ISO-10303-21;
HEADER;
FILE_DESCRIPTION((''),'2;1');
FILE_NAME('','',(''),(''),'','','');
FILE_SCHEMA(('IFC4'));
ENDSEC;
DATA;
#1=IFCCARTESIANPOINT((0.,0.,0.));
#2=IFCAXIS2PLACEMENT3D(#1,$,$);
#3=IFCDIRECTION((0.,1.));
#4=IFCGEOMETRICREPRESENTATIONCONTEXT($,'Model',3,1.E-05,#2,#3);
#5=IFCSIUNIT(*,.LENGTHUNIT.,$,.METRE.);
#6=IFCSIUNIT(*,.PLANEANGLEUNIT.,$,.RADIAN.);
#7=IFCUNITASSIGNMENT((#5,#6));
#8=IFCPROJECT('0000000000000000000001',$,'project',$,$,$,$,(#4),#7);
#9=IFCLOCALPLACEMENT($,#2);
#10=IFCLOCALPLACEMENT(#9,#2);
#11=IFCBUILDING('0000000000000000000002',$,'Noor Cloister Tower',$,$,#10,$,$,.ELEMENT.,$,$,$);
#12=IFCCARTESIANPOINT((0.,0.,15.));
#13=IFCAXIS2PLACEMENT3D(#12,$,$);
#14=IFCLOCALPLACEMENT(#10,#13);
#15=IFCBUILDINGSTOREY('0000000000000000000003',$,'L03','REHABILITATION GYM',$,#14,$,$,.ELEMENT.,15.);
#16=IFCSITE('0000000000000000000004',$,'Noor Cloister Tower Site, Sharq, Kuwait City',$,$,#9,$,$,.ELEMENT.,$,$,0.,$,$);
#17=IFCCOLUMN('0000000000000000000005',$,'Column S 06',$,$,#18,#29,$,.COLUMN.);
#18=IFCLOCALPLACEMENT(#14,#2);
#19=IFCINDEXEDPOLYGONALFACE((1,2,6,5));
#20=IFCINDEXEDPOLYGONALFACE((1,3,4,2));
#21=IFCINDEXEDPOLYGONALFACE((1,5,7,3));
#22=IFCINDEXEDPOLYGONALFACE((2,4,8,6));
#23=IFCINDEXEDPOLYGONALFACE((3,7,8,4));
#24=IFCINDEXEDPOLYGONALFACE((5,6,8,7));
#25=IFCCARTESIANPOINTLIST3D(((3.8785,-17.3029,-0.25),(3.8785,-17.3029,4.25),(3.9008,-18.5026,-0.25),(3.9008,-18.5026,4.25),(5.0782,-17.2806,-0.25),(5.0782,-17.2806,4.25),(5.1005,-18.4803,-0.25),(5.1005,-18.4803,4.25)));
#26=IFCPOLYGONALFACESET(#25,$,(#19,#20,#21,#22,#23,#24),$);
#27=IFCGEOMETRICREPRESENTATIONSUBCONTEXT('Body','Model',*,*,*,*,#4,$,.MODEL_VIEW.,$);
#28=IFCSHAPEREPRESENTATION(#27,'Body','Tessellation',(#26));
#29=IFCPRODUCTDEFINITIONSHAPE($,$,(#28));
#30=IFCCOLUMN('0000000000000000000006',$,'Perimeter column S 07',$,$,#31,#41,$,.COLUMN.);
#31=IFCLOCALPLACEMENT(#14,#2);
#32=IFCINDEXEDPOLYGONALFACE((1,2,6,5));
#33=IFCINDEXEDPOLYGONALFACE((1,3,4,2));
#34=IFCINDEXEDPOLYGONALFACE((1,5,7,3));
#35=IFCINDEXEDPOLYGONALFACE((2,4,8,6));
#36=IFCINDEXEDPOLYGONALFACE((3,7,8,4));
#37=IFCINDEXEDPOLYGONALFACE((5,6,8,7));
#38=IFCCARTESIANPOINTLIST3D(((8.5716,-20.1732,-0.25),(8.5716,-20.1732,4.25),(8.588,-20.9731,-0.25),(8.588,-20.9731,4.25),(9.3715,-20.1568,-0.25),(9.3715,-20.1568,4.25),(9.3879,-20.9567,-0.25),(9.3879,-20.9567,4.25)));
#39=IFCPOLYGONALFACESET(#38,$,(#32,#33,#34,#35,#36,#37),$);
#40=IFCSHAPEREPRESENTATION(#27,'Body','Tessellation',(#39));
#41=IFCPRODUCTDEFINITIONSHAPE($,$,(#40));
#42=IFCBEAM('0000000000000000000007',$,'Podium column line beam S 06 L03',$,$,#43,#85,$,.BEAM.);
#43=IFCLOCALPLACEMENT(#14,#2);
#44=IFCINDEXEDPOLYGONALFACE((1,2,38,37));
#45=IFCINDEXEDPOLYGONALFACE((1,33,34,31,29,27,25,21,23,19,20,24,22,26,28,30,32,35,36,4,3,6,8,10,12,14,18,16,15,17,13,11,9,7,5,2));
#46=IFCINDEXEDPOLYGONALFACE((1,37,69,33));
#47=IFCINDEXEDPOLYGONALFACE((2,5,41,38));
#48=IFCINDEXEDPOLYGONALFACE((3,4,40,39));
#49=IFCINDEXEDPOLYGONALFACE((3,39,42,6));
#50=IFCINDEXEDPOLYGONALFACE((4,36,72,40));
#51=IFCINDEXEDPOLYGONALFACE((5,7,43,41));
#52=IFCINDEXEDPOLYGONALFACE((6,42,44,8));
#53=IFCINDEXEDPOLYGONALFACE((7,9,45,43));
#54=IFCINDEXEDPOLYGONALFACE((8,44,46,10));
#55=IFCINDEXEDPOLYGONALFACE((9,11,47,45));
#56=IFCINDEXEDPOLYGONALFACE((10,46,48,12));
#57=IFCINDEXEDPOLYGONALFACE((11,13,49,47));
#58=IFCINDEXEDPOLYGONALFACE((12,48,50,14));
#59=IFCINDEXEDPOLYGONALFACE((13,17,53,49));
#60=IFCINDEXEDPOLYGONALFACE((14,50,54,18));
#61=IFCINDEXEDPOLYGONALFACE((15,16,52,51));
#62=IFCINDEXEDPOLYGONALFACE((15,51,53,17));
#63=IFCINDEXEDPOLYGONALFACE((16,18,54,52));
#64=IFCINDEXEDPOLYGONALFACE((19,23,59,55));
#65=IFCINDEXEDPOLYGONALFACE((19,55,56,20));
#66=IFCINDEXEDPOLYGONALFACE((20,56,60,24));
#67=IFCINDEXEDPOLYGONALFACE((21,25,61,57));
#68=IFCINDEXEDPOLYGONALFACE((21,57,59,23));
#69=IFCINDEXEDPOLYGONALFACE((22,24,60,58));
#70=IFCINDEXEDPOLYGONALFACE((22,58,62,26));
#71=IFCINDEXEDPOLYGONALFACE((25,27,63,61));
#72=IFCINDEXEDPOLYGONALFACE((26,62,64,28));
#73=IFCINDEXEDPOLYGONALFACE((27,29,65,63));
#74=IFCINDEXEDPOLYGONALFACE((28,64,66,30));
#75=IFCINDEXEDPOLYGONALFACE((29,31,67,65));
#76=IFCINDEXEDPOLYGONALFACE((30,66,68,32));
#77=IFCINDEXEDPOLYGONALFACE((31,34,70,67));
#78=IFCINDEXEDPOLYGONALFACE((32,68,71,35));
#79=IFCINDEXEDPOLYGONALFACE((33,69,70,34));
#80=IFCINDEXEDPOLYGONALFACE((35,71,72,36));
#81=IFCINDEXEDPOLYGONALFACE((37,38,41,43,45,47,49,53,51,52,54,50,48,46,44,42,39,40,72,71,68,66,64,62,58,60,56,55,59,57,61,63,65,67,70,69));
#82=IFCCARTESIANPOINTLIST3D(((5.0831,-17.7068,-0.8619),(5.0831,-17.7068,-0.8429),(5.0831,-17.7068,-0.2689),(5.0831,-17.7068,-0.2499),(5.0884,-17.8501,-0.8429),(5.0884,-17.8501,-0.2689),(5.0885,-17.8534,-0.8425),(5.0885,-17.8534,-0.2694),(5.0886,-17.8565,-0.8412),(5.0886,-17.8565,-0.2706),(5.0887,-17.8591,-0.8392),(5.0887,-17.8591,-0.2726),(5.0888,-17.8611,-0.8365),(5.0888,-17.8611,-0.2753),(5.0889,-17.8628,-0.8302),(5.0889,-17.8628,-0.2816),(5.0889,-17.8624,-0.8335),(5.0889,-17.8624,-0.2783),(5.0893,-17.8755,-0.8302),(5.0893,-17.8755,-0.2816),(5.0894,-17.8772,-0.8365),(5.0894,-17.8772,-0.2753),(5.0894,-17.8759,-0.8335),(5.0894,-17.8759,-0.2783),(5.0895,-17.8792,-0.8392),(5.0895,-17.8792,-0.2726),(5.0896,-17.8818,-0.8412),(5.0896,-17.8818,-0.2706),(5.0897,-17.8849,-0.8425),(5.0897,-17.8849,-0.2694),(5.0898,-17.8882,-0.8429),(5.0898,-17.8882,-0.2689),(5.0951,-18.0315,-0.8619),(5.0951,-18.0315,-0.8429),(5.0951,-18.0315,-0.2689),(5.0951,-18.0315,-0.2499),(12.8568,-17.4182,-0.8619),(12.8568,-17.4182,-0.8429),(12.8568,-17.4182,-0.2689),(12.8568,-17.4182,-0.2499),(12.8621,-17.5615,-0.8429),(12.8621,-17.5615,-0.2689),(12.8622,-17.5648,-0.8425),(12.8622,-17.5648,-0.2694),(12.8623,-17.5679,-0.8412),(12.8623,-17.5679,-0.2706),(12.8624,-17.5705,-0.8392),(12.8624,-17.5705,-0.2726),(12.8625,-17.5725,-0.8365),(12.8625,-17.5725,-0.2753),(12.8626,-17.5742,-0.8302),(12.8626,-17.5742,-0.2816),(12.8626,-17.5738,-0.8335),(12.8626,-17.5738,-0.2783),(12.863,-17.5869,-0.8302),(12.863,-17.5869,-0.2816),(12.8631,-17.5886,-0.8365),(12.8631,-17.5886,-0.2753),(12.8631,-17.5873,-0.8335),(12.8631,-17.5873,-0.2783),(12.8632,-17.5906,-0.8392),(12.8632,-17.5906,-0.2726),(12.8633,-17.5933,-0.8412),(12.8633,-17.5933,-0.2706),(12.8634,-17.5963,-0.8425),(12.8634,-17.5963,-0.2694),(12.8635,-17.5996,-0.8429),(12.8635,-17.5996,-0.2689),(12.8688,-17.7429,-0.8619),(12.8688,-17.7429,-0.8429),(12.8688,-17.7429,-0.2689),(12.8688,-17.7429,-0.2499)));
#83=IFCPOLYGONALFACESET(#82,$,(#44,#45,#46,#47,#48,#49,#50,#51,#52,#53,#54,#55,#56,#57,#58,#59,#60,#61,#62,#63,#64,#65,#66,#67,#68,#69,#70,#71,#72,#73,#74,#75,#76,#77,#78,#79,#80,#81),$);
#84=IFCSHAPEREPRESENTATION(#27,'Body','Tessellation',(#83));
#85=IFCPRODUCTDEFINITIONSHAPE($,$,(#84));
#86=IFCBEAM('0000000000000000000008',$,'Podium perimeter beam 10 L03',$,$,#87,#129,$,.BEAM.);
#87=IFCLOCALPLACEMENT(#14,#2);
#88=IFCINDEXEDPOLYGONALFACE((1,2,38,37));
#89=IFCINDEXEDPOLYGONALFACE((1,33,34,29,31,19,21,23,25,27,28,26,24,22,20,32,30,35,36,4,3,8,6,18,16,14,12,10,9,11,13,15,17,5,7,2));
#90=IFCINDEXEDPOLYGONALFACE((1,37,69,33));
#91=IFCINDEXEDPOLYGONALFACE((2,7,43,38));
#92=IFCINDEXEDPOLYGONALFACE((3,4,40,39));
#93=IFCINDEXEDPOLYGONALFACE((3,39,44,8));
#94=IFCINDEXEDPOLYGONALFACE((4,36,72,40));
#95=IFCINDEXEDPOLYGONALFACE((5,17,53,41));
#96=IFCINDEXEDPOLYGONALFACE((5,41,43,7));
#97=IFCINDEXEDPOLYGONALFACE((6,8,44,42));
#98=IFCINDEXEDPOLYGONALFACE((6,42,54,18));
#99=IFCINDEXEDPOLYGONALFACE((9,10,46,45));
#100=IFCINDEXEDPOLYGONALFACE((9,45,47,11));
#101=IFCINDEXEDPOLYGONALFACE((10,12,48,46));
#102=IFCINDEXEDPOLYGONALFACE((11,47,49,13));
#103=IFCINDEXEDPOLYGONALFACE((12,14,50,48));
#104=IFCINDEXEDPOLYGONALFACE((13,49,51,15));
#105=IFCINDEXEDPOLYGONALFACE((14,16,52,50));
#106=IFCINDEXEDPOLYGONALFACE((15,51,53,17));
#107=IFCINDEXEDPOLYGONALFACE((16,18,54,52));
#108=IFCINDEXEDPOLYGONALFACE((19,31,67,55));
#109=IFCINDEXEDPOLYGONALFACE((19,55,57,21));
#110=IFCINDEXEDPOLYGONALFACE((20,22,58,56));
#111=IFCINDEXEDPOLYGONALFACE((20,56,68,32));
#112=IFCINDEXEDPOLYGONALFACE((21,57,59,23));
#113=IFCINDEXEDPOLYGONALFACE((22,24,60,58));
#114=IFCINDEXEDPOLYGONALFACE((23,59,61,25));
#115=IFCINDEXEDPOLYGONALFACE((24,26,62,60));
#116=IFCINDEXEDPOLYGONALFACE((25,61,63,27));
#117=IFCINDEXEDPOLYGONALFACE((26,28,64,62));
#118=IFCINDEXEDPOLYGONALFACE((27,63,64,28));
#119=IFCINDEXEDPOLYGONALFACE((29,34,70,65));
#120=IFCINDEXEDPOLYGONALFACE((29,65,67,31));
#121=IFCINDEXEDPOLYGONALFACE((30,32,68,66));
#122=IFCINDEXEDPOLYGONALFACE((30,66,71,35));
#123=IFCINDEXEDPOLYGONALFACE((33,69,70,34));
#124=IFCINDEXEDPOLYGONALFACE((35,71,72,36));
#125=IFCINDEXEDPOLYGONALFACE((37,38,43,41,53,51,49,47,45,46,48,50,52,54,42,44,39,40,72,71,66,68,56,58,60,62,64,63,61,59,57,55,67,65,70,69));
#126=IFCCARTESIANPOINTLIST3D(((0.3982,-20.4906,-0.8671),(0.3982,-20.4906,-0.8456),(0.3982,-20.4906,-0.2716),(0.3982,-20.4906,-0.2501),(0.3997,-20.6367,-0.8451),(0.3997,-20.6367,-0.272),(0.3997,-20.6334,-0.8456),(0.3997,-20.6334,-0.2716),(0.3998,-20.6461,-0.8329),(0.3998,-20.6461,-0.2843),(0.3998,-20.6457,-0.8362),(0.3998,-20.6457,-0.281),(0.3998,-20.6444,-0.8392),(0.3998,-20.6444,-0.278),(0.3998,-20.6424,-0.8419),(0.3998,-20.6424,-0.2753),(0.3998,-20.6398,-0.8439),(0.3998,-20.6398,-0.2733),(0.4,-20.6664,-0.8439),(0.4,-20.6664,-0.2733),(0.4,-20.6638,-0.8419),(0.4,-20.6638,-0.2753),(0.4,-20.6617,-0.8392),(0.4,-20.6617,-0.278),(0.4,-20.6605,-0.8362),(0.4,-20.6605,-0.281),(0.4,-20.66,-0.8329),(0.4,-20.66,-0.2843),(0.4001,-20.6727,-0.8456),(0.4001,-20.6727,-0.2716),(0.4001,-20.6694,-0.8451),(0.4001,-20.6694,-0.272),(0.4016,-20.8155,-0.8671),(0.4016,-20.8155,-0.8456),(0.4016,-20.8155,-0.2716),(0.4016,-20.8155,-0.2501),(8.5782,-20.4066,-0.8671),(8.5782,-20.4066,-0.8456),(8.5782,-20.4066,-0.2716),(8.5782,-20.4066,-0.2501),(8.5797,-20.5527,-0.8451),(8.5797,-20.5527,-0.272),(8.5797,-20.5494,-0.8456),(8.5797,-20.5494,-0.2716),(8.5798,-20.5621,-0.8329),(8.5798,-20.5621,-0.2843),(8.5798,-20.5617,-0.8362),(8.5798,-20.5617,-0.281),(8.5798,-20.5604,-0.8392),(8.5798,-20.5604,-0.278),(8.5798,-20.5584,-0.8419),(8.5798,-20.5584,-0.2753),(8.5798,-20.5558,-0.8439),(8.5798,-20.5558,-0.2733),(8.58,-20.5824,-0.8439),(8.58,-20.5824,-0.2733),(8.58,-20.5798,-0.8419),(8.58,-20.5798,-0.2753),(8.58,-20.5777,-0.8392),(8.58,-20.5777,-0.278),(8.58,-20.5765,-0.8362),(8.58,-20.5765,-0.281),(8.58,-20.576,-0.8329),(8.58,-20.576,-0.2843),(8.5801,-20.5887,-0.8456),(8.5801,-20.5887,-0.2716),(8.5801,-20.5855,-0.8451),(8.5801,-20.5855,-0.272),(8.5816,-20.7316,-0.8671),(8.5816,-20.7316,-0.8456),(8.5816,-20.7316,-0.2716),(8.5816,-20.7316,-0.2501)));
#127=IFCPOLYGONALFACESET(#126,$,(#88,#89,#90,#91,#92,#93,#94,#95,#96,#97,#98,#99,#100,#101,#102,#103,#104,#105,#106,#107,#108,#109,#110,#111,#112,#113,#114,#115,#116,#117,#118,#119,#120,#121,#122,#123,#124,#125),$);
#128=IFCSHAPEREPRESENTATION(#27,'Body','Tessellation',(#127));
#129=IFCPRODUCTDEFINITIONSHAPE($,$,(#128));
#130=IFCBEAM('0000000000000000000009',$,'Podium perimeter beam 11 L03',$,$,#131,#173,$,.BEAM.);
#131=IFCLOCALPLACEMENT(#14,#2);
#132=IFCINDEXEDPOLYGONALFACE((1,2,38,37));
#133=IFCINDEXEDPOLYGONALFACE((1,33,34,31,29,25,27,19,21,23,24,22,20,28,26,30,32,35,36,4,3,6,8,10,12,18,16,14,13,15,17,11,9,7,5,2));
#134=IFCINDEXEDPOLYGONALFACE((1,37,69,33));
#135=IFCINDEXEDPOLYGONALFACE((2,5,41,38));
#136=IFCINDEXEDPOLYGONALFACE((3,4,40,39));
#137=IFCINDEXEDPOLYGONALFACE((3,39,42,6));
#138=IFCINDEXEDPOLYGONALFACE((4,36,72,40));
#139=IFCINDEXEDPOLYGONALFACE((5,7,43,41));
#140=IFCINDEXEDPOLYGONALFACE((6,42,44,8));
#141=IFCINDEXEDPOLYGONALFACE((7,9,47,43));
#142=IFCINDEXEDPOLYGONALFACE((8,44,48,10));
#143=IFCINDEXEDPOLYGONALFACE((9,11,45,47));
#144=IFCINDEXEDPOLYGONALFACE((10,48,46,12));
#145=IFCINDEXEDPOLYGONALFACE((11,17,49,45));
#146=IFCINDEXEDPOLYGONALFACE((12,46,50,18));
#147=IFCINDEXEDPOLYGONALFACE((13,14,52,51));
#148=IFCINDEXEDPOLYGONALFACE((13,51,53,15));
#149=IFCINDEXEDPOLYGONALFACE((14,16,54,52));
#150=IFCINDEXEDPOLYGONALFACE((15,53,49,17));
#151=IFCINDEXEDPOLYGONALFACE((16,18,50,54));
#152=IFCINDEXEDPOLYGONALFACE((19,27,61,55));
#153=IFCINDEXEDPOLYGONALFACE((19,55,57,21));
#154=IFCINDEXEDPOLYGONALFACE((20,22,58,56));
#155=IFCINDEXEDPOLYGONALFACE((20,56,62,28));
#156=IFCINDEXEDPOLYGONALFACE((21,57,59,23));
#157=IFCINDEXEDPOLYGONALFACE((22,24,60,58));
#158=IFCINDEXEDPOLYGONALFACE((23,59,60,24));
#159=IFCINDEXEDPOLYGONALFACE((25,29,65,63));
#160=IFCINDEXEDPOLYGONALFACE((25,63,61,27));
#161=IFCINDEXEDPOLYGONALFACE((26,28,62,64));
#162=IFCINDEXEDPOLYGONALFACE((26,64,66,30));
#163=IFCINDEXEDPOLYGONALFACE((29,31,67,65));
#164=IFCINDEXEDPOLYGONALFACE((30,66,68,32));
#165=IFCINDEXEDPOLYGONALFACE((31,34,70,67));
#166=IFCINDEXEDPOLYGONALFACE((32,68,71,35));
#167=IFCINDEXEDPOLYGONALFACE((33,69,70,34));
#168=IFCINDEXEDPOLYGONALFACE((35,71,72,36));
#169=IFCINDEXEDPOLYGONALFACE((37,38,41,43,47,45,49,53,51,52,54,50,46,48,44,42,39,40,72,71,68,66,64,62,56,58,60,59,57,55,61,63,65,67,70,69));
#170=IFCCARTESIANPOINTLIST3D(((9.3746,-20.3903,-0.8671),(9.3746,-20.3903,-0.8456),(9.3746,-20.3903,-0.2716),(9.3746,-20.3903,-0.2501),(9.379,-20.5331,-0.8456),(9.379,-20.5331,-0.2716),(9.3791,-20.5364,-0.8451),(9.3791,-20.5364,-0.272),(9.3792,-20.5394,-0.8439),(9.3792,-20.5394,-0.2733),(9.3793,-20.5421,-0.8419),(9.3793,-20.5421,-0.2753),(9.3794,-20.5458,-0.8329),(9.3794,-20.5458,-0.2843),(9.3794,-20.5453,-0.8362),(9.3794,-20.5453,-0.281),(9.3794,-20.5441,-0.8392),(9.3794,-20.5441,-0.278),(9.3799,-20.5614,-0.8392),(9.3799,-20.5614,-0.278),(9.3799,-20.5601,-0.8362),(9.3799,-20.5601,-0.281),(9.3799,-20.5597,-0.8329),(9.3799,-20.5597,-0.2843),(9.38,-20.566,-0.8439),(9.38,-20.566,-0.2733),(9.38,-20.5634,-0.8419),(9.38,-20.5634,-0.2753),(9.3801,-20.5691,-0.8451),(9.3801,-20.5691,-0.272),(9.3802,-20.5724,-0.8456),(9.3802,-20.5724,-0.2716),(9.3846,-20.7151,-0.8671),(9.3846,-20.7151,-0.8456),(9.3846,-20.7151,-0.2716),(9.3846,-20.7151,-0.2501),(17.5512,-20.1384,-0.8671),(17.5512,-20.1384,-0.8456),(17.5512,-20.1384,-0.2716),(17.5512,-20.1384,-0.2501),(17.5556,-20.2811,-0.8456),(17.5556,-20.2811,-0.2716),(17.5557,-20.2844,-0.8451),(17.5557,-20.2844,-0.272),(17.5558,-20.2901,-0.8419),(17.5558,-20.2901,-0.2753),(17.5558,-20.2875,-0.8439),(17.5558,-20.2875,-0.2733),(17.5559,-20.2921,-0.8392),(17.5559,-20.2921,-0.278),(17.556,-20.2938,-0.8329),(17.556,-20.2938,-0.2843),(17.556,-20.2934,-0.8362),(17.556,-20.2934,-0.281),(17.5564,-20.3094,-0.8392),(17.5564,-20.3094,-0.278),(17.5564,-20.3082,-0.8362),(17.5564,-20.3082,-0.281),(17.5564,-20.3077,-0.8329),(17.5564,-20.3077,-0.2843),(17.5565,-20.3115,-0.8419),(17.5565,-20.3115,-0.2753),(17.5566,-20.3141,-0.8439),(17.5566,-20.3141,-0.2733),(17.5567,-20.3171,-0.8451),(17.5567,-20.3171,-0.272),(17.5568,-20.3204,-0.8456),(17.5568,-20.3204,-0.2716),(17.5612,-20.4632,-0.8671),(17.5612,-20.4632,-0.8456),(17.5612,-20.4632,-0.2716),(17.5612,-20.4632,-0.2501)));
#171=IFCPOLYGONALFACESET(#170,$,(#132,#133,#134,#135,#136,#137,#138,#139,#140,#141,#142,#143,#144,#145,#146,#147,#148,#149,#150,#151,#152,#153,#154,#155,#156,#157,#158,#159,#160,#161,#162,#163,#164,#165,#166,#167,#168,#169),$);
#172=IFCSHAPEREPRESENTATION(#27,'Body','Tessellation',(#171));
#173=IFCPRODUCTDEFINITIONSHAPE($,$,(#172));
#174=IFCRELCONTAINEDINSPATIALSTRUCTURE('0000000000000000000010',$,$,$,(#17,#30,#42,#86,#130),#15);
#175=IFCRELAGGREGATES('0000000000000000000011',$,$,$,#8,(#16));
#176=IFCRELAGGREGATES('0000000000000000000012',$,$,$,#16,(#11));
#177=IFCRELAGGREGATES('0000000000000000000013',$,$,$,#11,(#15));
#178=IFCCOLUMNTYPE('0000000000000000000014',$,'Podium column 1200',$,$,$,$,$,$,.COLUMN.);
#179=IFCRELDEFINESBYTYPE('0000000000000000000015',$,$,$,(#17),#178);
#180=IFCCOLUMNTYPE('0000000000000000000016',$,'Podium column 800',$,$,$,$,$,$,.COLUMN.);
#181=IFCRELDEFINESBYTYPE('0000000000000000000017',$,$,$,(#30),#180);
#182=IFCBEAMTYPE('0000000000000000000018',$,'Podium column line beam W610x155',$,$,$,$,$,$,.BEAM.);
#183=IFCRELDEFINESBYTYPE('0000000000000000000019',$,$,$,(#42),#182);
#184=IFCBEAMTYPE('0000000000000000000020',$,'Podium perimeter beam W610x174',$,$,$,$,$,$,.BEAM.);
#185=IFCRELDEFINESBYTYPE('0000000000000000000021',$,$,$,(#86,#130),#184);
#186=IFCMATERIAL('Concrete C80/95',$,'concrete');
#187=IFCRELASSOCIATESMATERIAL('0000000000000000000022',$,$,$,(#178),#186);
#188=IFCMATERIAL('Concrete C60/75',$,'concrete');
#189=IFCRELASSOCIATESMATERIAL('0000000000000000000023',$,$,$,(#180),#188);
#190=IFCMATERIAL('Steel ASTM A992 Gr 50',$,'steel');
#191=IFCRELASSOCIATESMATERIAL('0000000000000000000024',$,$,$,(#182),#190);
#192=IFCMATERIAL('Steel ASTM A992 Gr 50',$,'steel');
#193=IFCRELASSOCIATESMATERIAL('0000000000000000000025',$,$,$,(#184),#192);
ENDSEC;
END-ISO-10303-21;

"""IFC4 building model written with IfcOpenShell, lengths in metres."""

from ifc_helpers import new_model, si_unit, direction, frame, origin, origin_2d, place, context, subcontext, project, spatial, rectangle, i_section, extrude, material, material_profile, profile_set, type_object, element, save


model = new_model("IFC4")

# Units and contexts
model_context = context("Model", 3, precision=1e-05, world=origin(), true_north=direction((0.0, 1.0)))
body_context = subcontext(model_context, "Body", "Model", "MODEL_VIEW")
ifc_project = project(units=[si_unit("LENGTHUNIT", "METRE"), si_unit("PLANEANGLEUNIT", "RADIAN")], contexts=[model_context])

# Site, building, storey
site_placement = place(None, origin())
site = spatial("IfcSite", under=ifc_project, at=site_placement, Name="Noor Cloister Tower Site, Sharq, Kuwait City", CompositionType="ELEMENT", RefElevation=0.0)
building_placement = place(site_placement, origin())
building = spatial("IfcBuilding", under=site, at=building_placement, Name="Noor Cloister Tower", CompositionType="ELEMENT")
storey_placement = place(building_placement, frame((0.0, 0.0, 15.0)))
storey = spatial("IfcBuildingStorey", under=building, at=storey_placement, Name="L03", Description="REHABILITATION GYM", CompositionType="ELEMENT", Elevation=15.0)

# Columns
ifc_material_1 = material(Name="Concrete C80/95", Category="concrete")
ifc_material_profile_1 = material_profile(ifc_material_1, rectangle(XDim=1.2, YDim=1.2, at=origin_2d()), Name="Podium column 1200")
ifc_profile_set_1 = profile_set([ifc_material_profile_1], Name="Concrete C80/95")
column_type_1 = type_object("IfcColumnType", Name="Podium column 1200", PredefinedType="COLUMN", material=ifc_profile_set_1)
column_1_placement = place(storey_placement, frame((4.4895, -17.8916, -0.25), z_axis=(0.0, 0.0, 1.0), x_axis=(0.018553, -0.999828, 0.0)))
element("IfcColumn", 1, at=column_1_placement, inside=storey, type_object=column_type_1, Name="Column S 06", PredefinedType="COLUMN", context=body_context, shape_type="SweptSolid", body=[
    extrude(rectangle(XDim=1.2, YDim=1.2, at=origin_2d()), origin(), (0.0, 0.0, 1.0), 4.5),
])
ifc_material_2 = material(Name="Concrete C60/75", Category="concrete")
ifc_material_profile_2 = material_profile(ifc_material_2, rectangle(XDim=0.8, YDim=0.8, at=origin_2d()), Name="Podium column 800")
ifc_profile_set_2 = profile_set([ifc_material_profile_2], Name="Concrete C60/75")
column_type_2 = type_object("IfcColumnType", Name="Podium column 800", PredefinedType="COLUMN", material=ifc_profile_set_2)
column_2_placement = place(storey_placement, frame((8.9797, -20.5649, -0.25), z_axis=(0.0, 0.0, 1.0), x_axis=(0.020537, -0.999789, 0.0)))
element("IfcColumn", 2, at=column_2_placement, inside=storey, type_object=column_type_2, Name="Perimeter column S 07", PredefinedType="COLUMN", context=body_context, shape_type="SweptSolid", body=[
    extrude(rectangle(XDim=0.8, YDim=0.8, at=origin_2d()), origin(), (0.0, 0.0, 1.0), 4.5),
])

# Beams
ifc_material_3 = material(Name="Steel ASTM A992 Gr 50", Category="steel")
ifc_material_profile_3 = material_profile(ifc_material_3, i_section(OverallWidth=0.325, OverallDepth=0.6121, WebThickness=0.0127, FlangeThickness=0.019, FilletRadius=0.0127, at=origin_2d()), Name="W610x155")
ifc_profile_set_3 = profile_set([ifc_material_profile_3], Name="Steel ASTM A992 Gr 50")
beam_type_1 = type_object("IfcBeamType", Name="Podium column line beam W610x155", PredefinedType="BEAM", material=ifc_profile_set_3)
beam_1_placement = place(storey_placement, frame((5.0891, -17.8691, -0.5559), z_axis=(0.999312, 0.037096, 0.0), x_axis=(-0.037096, 0.999312, 0.0)))
element("IfcBeam", 3, at=beam_1_placement, inside=storey, type_object=beam_type_1, Name="Podium column line beam S 06 L03", PredefinedType="BEAM", context=body_context, shape_type="SweptSolid", body=[
    extrude(i_section(OverallWidth=0.325, OverallDepth=0.6121, WebThickness=0.0127, FlangeThickness=0.019, FilletRadius=0.0127, at=origin_2d()), origin(), (0.0, 0.0, 1.0), 7.7791),
])
ifc_material_4 = material(Name="Steel ASTM A992 Gr 50", Category="steel")
ifc_material_profile_4 = material_profile(ifc_material_4, i_section(OverallWidth=0.325, OverallDepth=0.6169, WebThickness=0.0139, FlangeThickness=0.0215, FilletRadius=0.0127, at=origin_2d()), Name="W610x174")
ifc_profile_set_4 = profile_set([ifc_material_profile_4], Name="Steel ASTM A992 Gr 50")
beam_type_2 = type_object("IfcBeamType", Name="Podium perimeter beam W610x174", PredefinedType="BEAM", material=ifc_profile_set_4)
for number, where, z_axis, x_axis, name in (
    (4, (0.3999, -20.6531, -0.5586), (0.999947, 0.010267, 0.0), (-0.010267, 0.999947, 0.0), "Podium perimeter beam 10 L03"),
    (5, (9.3796, -20.5527, -0.5586), (0.999526, 0.0308, 0.0), (-0.0308, 0.999526, 0.0), "Podium perimeter beam 11 L03"),
):
    element("IfcBeam", number, at=place(storey_placement, frame(where, z_axis=z_axis, x_axis=x_axis)), inside=storey, type_object=beam_type_2, Name=name, PredefinedType="BEAM", context=body_context, shape_type="SweptSolid", body=[
        extrude(i_section(OverallWidth=0.325, OverallDepth=0.6169, WebThickness=0.0139, FlangeThickness=0.0215, FilletRadius=0.0127, at=origin_2d()), origin(), (0.0, 0.0, 1.0), 8.1804),
    ])

save(model, "model.ifc")
